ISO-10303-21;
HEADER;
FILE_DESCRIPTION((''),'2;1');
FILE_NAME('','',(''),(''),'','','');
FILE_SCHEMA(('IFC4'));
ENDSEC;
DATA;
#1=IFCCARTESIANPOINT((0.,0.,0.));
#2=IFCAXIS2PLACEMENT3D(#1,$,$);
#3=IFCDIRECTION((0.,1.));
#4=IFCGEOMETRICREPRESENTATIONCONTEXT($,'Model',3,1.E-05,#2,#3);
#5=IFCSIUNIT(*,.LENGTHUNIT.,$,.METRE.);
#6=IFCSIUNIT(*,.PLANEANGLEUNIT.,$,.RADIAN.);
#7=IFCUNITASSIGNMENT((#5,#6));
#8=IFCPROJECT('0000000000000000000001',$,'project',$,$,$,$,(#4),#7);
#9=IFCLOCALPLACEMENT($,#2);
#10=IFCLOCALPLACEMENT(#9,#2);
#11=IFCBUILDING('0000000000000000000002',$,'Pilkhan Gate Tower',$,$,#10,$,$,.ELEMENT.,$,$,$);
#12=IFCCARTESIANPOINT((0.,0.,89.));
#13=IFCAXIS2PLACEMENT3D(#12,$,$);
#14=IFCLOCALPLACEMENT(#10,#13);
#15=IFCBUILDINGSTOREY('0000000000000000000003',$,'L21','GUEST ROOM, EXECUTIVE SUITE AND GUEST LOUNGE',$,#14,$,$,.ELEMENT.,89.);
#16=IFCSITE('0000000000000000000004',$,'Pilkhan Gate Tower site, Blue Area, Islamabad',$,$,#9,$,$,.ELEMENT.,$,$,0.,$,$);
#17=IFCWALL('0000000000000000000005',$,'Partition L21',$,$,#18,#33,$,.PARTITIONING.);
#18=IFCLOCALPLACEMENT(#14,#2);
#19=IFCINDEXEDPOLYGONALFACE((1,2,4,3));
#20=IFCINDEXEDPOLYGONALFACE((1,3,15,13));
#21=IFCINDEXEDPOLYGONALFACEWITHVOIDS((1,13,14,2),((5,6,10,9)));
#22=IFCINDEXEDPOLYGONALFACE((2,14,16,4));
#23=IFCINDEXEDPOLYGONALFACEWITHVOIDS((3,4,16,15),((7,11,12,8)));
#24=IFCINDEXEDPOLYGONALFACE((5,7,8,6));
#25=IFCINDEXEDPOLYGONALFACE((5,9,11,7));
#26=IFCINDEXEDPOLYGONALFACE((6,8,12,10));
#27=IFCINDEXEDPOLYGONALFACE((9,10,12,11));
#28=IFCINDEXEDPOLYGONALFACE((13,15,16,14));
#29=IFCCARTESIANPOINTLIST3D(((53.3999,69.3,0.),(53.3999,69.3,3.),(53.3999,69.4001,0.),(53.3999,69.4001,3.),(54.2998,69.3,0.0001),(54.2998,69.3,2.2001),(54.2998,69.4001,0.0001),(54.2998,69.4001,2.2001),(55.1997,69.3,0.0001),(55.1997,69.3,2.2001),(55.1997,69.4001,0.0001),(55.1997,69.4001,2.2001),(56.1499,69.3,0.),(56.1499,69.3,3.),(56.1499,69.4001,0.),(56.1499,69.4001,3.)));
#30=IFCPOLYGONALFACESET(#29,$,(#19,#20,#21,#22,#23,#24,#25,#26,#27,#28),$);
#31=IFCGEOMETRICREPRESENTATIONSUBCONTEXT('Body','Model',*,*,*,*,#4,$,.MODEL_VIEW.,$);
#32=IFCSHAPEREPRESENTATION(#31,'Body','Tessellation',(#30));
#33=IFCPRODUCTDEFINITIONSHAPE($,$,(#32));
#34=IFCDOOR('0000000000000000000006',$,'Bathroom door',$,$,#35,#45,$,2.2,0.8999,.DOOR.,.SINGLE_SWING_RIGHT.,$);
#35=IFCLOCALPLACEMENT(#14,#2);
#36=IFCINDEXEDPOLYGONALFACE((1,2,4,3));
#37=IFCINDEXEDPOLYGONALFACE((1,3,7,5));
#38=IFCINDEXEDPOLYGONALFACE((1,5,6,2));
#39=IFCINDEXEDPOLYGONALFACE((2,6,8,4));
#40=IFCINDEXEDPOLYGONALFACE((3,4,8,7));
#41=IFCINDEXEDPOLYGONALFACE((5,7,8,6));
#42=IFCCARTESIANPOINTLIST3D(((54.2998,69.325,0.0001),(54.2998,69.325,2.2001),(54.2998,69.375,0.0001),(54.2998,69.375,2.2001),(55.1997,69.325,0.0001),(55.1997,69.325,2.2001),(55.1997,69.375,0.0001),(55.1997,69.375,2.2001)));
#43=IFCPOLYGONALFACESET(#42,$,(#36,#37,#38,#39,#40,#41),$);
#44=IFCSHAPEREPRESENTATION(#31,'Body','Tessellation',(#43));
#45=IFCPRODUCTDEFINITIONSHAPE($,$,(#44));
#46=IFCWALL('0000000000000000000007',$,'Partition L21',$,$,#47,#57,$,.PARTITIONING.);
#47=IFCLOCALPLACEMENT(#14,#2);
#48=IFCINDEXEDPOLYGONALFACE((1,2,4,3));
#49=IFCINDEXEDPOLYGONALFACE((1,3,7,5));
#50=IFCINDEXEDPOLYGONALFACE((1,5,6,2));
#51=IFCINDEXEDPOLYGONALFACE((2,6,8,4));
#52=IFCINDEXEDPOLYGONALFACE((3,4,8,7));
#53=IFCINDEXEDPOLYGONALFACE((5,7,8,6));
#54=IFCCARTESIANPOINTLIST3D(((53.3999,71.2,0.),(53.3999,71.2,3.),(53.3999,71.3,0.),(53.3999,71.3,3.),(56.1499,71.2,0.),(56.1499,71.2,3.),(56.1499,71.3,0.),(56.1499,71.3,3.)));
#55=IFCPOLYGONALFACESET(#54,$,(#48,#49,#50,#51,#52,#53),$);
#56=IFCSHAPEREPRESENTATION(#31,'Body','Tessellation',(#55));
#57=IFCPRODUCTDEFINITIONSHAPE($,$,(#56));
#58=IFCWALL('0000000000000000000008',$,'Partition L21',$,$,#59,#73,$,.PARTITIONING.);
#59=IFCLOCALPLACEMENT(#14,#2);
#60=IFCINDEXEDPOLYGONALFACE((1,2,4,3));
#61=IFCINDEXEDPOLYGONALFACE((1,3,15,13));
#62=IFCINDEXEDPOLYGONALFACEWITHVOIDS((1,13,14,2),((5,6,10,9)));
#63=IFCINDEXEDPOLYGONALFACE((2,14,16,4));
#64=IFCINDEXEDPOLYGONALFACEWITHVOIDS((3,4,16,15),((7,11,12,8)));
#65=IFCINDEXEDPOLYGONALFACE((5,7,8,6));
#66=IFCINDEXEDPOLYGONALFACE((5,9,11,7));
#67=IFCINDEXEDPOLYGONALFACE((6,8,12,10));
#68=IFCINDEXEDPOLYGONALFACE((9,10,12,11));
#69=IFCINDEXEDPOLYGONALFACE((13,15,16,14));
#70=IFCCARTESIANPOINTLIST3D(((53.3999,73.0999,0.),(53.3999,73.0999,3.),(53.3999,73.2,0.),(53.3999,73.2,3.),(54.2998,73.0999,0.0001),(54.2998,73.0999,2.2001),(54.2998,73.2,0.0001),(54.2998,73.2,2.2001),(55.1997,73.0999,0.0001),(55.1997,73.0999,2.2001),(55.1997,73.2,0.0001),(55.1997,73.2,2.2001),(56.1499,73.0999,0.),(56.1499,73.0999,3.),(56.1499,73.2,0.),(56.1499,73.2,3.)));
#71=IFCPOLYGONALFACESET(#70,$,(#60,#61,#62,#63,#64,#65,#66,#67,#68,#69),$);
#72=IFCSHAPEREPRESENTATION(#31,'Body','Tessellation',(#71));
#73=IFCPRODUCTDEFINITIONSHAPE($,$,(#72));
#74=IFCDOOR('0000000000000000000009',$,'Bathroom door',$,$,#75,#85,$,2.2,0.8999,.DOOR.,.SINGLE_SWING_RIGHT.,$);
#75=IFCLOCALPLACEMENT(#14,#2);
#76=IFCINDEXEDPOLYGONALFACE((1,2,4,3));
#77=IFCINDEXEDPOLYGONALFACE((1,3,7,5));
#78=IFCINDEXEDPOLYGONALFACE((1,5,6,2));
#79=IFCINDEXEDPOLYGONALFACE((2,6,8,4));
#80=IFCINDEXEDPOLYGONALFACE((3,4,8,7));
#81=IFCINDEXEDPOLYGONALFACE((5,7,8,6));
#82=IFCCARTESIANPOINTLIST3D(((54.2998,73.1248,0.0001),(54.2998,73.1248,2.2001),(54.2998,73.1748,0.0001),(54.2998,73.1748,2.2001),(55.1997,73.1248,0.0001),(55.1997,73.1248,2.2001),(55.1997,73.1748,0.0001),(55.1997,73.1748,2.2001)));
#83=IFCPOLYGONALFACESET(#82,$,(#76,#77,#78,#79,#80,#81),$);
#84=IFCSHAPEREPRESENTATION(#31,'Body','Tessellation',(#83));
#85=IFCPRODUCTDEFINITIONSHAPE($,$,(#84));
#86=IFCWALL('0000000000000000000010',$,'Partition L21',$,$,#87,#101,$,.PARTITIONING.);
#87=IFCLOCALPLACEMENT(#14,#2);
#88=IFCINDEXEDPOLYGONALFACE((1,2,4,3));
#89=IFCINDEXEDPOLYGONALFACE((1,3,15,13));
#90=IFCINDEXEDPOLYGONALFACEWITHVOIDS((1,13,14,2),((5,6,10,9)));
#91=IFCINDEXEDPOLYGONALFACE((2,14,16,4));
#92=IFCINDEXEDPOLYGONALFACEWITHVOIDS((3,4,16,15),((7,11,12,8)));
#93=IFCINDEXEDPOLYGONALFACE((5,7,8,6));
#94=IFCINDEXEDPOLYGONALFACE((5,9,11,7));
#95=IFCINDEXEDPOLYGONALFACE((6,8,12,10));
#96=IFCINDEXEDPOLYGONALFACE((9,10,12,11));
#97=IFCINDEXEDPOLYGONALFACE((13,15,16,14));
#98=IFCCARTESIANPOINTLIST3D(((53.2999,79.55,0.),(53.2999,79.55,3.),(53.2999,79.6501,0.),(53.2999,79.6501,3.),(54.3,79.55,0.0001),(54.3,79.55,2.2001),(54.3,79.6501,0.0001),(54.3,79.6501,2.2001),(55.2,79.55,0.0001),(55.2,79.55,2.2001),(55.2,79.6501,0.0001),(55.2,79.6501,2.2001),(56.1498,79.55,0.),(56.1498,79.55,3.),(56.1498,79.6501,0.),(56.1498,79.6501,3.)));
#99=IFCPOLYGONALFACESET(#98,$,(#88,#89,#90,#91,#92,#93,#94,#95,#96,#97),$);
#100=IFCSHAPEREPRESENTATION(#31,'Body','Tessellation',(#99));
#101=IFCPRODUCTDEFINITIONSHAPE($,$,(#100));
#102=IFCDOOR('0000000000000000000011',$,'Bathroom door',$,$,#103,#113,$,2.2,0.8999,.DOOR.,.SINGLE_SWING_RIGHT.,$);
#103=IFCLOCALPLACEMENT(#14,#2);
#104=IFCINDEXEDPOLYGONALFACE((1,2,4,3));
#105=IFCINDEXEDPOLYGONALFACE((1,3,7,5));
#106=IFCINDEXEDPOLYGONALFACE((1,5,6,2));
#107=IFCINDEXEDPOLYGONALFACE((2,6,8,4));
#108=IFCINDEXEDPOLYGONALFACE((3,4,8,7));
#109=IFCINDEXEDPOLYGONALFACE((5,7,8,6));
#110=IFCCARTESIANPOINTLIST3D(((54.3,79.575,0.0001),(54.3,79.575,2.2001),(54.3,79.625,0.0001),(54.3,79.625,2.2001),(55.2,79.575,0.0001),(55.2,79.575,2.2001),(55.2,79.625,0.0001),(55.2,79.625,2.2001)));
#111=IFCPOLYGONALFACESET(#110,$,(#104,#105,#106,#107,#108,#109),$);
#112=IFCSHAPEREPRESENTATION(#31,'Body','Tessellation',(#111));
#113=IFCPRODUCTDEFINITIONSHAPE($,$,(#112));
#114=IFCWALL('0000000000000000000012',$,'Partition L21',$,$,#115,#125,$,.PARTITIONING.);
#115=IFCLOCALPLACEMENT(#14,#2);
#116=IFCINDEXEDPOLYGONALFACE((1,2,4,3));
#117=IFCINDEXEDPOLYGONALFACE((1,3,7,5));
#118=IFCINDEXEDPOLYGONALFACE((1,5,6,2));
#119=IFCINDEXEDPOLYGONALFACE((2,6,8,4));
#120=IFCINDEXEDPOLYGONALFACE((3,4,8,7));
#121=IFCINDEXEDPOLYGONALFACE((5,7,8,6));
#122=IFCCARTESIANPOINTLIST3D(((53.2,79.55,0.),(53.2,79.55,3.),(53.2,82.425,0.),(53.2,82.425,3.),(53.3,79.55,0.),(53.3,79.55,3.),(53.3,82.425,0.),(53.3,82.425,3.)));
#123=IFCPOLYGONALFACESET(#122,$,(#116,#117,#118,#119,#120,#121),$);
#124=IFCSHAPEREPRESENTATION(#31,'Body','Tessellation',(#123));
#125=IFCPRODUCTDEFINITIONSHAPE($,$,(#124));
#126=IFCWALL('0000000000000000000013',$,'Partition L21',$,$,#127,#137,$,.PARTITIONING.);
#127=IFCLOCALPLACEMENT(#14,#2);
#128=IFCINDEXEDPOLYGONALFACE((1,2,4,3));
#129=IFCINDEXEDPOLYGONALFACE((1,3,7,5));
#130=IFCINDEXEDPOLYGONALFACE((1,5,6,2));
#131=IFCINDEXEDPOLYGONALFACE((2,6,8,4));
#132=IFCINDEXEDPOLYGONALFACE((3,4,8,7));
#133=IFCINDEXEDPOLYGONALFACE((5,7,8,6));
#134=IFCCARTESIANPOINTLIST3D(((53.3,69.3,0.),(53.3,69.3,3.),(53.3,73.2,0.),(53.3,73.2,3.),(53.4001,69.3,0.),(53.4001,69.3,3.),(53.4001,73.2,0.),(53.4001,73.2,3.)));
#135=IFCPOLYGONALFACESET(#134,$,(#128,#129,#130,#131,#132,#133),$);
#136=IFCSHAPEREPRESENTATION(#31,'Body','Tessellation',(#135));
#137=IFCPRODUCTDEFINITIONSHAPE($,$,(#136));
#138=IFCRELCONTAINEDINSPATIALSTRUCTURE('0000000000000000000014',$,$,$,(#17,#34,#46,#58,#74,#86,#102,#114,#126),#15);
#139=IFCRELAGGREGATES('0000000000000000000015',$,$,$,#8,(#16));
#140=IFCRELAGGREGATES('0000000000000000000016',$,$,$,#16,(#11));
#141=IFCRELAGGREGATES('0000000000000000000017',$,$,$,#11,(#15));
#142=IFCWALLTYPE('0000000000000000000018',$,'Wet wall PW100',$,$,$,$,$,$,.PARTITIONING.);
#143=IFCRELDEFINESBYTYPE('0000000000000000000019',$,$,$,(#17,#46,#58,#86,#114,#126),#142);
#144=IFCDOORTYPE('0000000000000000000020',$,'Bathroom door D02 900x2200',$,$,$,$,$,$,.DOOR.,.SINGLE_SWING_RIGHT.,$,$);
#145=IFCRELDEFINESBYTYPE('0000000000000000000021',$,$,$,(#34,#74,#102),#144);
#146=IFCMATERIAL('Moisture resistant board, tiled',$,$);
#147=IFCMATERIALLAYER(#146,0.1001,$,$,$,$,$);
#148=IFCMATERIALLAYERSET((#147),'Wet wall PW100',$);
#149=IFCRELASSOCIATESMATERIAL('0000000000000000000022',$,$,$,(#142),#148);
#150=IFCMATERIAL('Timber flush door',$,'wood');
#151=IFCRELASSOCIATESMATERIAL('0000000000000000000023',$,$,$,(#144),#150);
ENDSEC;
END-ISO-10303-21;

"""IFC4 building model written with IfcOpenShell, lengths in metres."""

from ifc_helpers import new_model, si_unit, direction, frame, frame_2d, origin, place, context, subcontext, project, spatial, rectangle, extrude, material, layer, layer_set, type_object, element, fill, save


model = new_model("IFC4")

# Units and contexts
model_context = context("Model", 3, precision=1e-05, world=origin(), true_north=direction((0.0, 1.0)))
body_context = subcontext(model_context, "Body", "Model", "MODEL_VIEW")
ifc_project = project(units=[si_unit("LENGTHUNIT", "METRE"), si_unit("PLANEANGLEUNIT", "RADIAN")], contexts=[model_context])

# Site, building, storey
site_placement = place(None, origin())
site = spatial("IfcSite", under=ifc_project, at=site_placement, Name="Pilkhan Gate Tower site, Blue Area, Islamabad", CompositionType="ELEMENT", RefElevation=0.0)
building_placement = place(site_placement, origin())
building = spatial("IfcBuilding", under=site, at=building_placement, Name="Pilkhan Gate Tower", CompositionType="ELEMENT")
storey_placement = place(building_placement, frame((0.0, 0.0, 89.0)))
storey = spatial("IfcBuildingStorey", under=building, at=storey_placement, Name="L21", Description="GUEST ROOM, EXECUTIVE SUITE AND GUEST LOUNGE", CompositionType="ELEMENT", Elevation=89.0)

# Wall, opening, door
ifc_material_1 = material(Name="Moisture resistant board, tiled")
ifc_layer_1 = layer(ifc_material_1, 0.1001)
ifc_layer_set_1 = layer_set([ifc_layer_1], Name="Wet wall PW100")
wall_type_1 = type_object("IfcWallType", Name="Wet wall PW100", PredefinedType="PARTITIONING", material=ifc_layer_set_1)
wall_1_placement = place(storey_placement, frame((53.3999, 69.3501, 0.0), z_axis=(0.0, 0.0, 1.0), x_axis=(1.0, 0.0, 0.0)))
wall_1 = element("IfcWall", 1, at=wall_1_placement, inside=storey, type_object=wall_type_1, Name="Partition L21", PredefinedType="PARTITIONING", context=body_context, shape_type="SweptSolid", body=[
    extrude(rectangle(XDim=2.75, YDim=0.1001, at=frame_2d((1.375, 0.0))), origin(), (0.0, 0.0, 1.0), 3.0),
])
opening_1_placement = place(wall_1_placement, frame((0.8999, 0.0, 0.0)))
opening_1 = element("IfcOpeningElement", 2, at=opening_1_placement, cuts=wall_1, PredefinedType="OPENING", context=body_context, shape_type="SweptSolid", body=[
    extrude(rectangle(XDim=0.8999, YDim=2.2, at=frame_2d((0.45, 1.1001))), frame((0.0, 0.0601, 0.0), z_axis=(0.0, -1.0, 0.0), x_axis=(1.0, 0.0, 0.0)), (0.0, 0.0, 1.0), 0.1201),
])
ifc_material_2 = material(Name="Timber flush door", Category="wood")
door_type_1 = type_object("IfcDoorType", Name="Bathroom door D02 900x2200", OperationType="SINGLE_SWING_RIGHT", PredefinedType="DOOR", material=ifc_material_2)
door_1_placement = place(opening_1_placement, origin())
door_1 = element("IfcDoor", 3, at=door_1_placement, inside=storey, type_object=door_type_1, Name="Bathroom door", OperationType="SINGLE_SWING_RIGHT", OverallHeight=2.2, OverallWidth=0.8999, PredefinedType="DOOR", context=body_context, shape_type="SweptSolid", body=[
    extrude(rectangle(XDim=0.8999, YDim=2.2, at=frame_2d((0.45, 1.1001))), frame((0.0, 0.0249, 0.0), z_axis=(0.0, -1.0, 0.0), x_axis=(1.0, 0.0, 0.0)), (0.0, 0.0, 1.0), 0.05),
])
fill(opening_1, door_1)

# Wall
wall_2_placement = place(storey_placement, frame((53.3999, 71.25, 0.0), z_axis=(0.0, 0.0, 1.0), x_axis=(1.0, 0.0, 0.0)))
element("IfcWall", 4, at=wall_2_placement, inside=storey, type_object=wall_type_1, Name="Partition L21", PredefinedType="PARTITIONING", context=body_context, shape_type="SweptSolid", body=[
    extrude(rectangle(XDim=2.75, YDim=0.1001, at=frame_2d((1.375, 0.0))), origin(), (0.0, 0.0, 1.0), 3.0),
])

# Walls, openings, doors
wall_3_placement = place(storey_placement, frame((53.3999, 73.1499, 0.0), z_axis=(0.0, 0.0, 1.0), x_axis=(1.0, 0.0, 0.0)))
wall_3 = element("IfcWall", 5, at=wall_3_placement, inside=storey, type_object=wall_type_1, Name="Partition L21", PredefinedType="PARTITIONING", context=body_context, shape_type="SweptSolid", body=[
    extrude(rectangle(XDim=2.75, YDim=0.1001, at=frame_2d((1.375, 0.0))), origin(), (0.0, 0.0, 1.0), 3.0),
])
opening_2_placement = place(wall_3_placement, frame((0.8999, 0.0, 0.0)))
opening_2 = element("IfcOpeningElement", 6, at=opening_2_placement, cuts=wall_3, PredefinedType="OPENING", context=body_context, shape_type="SweptSolid", body=[
    extrude(rectangle(XDim=0.8999, YDim=2.2, at=frame_2d((0.45, 1.1001))), frame((0.0, 0.0601, 0.0), z_axis=(0.0, -1.0, 0.0), x_axis=(1.0, 0.0, 0.0)), (0.0, 0.0, 1.0), 0.1201),
])
door_2_placement = place(opening_2_placement, origin())
door_2 = element("IfcDoor", 7, at=door_2_placement, inside=storey, type_object=door_type_1, Name="Bathroom door", OperationType="SINGLE_SWING_RIGHT", OverallHeight=2.2, OverallWidth=0.8999, PredefinedType="DOOR", context=body_context, shape_type="SweptSolid", body=[
    extrude(rectangle(XDim=0.8999, YDim=2.2, at=frame_2d((0.45, 1.1001))), frame((0.0, 0.0249, 0.0), z_axis=(0.0, -1.0, 0.0), x_axis=(1.0, 0.0, 0.0)), (0.0, 0.0, 1.0), 0.05),
])
fill(opening_2, door_2)
wall_4_placement = place(storey_placement, frame((53.3, 79.6001, 0.0), z_axis=(0.0, 0.0, 1.0), x_axis=(1.0, 0.0, 0.0)))
wall_4 = element("IfcWall", 8, at=wall_4_placement, inside=storey, type_object=wall_type_1, Name="Partition L21", PredefinedType="PARTITIONING", context=body_context, shape_type="SweptSolid", body=[
    extrude(rectangle(XDim=2.8499, YDim=0.1001, at=frame_2d((1.4248, 0.0))), origin(), (0.0, 0.0, 1.0), 3.0),
])
opening_3_placement = place(wall_4_placement, frame((1.0, 0.0, 0.0)))
opening_3 = element("IfcOpeningElement", 9, at=opening_3_placement, cuts=wall_4, PredefinedType="OPENING", context=body_context, shape_type="SweptSolid", body=[
    extrude(rectangle(XDim=0.8999, YDim=2.2, at=frame_2d((0.45, 1.1001))), frame((0.0, 0.0601, 0.0), z_axis=(0.0, -1.0, 0.0), x_axis=(1.0, 0.0, 0.0)), (0.0, 0.0, 1.0), 0.1201),
])
door_3_placement = place(opening_3_placement, origin())
door_3 = element("IfcDoor", 10, at=door_3_placement, inside=storey, type_object=door_type_1, Name="Bathroom door", OperationType="SINGLE_SWING_RIGHT", OverallHeight=2.2, OverallWidth=0.8999, PredefinedType="DOOR", context=body_context, shape_type="SweptSolid", body=[
    extrude(rectangle(XDim=0.8999, YDim=2.2, at=frame_2d((0.45, 1.1001))), frame((0.0, 0.0249, 0.0), z_axis=(0.0, -1.0, 0.0), x_axis=(1.0, 0.0, 0.0)), (0.0, 0.0, 1.0), 0.05),
])
fill(opening_3, door_3)

# Walls
wall_5_placement = place(storey_placement, frame((53.25, 79.55, 0.0), z_axis=(0.0, 0.0, 1.0), x_axis=(0.0, 1.0, 0.0)))
element("IfcWall", 11, at=wall_5_placement, inside=storey, type_object=wall_type_1, Name="Partition L21", PredefinedType="PARTITIONING", context=body_context, shape_type="SweptSolid", body=[
    extrude(rectangle(XDim=2.875, YDim=0.1001, at=frame_2d((1.4375, 0.0))), origin(), (0.0, 0.0, 1.0), 3.0),
])
wall_6_placement = place(storey_placement, frame((53.3501, 69.3, 0.0), z_axis=(0.0, 0.0, 1.0), x_axis=(0.0, 1.0, 0.0)))
element("IfcWall", 12, at=wall_6_placement, inside=storey, type_object=wall_type_1, Name="Partition L21", PredefinedType="PARTITIONING", context=body_context, shape_type="SweptSolid", body=[
    extrude(rectangle(XDim=3.8999, YDim=0.1001, at=frame_2d((1.95, 0.0))), origin(), (0.0, 0.0, 1.0), 3.0),
])

save(model, "model.ifc")
